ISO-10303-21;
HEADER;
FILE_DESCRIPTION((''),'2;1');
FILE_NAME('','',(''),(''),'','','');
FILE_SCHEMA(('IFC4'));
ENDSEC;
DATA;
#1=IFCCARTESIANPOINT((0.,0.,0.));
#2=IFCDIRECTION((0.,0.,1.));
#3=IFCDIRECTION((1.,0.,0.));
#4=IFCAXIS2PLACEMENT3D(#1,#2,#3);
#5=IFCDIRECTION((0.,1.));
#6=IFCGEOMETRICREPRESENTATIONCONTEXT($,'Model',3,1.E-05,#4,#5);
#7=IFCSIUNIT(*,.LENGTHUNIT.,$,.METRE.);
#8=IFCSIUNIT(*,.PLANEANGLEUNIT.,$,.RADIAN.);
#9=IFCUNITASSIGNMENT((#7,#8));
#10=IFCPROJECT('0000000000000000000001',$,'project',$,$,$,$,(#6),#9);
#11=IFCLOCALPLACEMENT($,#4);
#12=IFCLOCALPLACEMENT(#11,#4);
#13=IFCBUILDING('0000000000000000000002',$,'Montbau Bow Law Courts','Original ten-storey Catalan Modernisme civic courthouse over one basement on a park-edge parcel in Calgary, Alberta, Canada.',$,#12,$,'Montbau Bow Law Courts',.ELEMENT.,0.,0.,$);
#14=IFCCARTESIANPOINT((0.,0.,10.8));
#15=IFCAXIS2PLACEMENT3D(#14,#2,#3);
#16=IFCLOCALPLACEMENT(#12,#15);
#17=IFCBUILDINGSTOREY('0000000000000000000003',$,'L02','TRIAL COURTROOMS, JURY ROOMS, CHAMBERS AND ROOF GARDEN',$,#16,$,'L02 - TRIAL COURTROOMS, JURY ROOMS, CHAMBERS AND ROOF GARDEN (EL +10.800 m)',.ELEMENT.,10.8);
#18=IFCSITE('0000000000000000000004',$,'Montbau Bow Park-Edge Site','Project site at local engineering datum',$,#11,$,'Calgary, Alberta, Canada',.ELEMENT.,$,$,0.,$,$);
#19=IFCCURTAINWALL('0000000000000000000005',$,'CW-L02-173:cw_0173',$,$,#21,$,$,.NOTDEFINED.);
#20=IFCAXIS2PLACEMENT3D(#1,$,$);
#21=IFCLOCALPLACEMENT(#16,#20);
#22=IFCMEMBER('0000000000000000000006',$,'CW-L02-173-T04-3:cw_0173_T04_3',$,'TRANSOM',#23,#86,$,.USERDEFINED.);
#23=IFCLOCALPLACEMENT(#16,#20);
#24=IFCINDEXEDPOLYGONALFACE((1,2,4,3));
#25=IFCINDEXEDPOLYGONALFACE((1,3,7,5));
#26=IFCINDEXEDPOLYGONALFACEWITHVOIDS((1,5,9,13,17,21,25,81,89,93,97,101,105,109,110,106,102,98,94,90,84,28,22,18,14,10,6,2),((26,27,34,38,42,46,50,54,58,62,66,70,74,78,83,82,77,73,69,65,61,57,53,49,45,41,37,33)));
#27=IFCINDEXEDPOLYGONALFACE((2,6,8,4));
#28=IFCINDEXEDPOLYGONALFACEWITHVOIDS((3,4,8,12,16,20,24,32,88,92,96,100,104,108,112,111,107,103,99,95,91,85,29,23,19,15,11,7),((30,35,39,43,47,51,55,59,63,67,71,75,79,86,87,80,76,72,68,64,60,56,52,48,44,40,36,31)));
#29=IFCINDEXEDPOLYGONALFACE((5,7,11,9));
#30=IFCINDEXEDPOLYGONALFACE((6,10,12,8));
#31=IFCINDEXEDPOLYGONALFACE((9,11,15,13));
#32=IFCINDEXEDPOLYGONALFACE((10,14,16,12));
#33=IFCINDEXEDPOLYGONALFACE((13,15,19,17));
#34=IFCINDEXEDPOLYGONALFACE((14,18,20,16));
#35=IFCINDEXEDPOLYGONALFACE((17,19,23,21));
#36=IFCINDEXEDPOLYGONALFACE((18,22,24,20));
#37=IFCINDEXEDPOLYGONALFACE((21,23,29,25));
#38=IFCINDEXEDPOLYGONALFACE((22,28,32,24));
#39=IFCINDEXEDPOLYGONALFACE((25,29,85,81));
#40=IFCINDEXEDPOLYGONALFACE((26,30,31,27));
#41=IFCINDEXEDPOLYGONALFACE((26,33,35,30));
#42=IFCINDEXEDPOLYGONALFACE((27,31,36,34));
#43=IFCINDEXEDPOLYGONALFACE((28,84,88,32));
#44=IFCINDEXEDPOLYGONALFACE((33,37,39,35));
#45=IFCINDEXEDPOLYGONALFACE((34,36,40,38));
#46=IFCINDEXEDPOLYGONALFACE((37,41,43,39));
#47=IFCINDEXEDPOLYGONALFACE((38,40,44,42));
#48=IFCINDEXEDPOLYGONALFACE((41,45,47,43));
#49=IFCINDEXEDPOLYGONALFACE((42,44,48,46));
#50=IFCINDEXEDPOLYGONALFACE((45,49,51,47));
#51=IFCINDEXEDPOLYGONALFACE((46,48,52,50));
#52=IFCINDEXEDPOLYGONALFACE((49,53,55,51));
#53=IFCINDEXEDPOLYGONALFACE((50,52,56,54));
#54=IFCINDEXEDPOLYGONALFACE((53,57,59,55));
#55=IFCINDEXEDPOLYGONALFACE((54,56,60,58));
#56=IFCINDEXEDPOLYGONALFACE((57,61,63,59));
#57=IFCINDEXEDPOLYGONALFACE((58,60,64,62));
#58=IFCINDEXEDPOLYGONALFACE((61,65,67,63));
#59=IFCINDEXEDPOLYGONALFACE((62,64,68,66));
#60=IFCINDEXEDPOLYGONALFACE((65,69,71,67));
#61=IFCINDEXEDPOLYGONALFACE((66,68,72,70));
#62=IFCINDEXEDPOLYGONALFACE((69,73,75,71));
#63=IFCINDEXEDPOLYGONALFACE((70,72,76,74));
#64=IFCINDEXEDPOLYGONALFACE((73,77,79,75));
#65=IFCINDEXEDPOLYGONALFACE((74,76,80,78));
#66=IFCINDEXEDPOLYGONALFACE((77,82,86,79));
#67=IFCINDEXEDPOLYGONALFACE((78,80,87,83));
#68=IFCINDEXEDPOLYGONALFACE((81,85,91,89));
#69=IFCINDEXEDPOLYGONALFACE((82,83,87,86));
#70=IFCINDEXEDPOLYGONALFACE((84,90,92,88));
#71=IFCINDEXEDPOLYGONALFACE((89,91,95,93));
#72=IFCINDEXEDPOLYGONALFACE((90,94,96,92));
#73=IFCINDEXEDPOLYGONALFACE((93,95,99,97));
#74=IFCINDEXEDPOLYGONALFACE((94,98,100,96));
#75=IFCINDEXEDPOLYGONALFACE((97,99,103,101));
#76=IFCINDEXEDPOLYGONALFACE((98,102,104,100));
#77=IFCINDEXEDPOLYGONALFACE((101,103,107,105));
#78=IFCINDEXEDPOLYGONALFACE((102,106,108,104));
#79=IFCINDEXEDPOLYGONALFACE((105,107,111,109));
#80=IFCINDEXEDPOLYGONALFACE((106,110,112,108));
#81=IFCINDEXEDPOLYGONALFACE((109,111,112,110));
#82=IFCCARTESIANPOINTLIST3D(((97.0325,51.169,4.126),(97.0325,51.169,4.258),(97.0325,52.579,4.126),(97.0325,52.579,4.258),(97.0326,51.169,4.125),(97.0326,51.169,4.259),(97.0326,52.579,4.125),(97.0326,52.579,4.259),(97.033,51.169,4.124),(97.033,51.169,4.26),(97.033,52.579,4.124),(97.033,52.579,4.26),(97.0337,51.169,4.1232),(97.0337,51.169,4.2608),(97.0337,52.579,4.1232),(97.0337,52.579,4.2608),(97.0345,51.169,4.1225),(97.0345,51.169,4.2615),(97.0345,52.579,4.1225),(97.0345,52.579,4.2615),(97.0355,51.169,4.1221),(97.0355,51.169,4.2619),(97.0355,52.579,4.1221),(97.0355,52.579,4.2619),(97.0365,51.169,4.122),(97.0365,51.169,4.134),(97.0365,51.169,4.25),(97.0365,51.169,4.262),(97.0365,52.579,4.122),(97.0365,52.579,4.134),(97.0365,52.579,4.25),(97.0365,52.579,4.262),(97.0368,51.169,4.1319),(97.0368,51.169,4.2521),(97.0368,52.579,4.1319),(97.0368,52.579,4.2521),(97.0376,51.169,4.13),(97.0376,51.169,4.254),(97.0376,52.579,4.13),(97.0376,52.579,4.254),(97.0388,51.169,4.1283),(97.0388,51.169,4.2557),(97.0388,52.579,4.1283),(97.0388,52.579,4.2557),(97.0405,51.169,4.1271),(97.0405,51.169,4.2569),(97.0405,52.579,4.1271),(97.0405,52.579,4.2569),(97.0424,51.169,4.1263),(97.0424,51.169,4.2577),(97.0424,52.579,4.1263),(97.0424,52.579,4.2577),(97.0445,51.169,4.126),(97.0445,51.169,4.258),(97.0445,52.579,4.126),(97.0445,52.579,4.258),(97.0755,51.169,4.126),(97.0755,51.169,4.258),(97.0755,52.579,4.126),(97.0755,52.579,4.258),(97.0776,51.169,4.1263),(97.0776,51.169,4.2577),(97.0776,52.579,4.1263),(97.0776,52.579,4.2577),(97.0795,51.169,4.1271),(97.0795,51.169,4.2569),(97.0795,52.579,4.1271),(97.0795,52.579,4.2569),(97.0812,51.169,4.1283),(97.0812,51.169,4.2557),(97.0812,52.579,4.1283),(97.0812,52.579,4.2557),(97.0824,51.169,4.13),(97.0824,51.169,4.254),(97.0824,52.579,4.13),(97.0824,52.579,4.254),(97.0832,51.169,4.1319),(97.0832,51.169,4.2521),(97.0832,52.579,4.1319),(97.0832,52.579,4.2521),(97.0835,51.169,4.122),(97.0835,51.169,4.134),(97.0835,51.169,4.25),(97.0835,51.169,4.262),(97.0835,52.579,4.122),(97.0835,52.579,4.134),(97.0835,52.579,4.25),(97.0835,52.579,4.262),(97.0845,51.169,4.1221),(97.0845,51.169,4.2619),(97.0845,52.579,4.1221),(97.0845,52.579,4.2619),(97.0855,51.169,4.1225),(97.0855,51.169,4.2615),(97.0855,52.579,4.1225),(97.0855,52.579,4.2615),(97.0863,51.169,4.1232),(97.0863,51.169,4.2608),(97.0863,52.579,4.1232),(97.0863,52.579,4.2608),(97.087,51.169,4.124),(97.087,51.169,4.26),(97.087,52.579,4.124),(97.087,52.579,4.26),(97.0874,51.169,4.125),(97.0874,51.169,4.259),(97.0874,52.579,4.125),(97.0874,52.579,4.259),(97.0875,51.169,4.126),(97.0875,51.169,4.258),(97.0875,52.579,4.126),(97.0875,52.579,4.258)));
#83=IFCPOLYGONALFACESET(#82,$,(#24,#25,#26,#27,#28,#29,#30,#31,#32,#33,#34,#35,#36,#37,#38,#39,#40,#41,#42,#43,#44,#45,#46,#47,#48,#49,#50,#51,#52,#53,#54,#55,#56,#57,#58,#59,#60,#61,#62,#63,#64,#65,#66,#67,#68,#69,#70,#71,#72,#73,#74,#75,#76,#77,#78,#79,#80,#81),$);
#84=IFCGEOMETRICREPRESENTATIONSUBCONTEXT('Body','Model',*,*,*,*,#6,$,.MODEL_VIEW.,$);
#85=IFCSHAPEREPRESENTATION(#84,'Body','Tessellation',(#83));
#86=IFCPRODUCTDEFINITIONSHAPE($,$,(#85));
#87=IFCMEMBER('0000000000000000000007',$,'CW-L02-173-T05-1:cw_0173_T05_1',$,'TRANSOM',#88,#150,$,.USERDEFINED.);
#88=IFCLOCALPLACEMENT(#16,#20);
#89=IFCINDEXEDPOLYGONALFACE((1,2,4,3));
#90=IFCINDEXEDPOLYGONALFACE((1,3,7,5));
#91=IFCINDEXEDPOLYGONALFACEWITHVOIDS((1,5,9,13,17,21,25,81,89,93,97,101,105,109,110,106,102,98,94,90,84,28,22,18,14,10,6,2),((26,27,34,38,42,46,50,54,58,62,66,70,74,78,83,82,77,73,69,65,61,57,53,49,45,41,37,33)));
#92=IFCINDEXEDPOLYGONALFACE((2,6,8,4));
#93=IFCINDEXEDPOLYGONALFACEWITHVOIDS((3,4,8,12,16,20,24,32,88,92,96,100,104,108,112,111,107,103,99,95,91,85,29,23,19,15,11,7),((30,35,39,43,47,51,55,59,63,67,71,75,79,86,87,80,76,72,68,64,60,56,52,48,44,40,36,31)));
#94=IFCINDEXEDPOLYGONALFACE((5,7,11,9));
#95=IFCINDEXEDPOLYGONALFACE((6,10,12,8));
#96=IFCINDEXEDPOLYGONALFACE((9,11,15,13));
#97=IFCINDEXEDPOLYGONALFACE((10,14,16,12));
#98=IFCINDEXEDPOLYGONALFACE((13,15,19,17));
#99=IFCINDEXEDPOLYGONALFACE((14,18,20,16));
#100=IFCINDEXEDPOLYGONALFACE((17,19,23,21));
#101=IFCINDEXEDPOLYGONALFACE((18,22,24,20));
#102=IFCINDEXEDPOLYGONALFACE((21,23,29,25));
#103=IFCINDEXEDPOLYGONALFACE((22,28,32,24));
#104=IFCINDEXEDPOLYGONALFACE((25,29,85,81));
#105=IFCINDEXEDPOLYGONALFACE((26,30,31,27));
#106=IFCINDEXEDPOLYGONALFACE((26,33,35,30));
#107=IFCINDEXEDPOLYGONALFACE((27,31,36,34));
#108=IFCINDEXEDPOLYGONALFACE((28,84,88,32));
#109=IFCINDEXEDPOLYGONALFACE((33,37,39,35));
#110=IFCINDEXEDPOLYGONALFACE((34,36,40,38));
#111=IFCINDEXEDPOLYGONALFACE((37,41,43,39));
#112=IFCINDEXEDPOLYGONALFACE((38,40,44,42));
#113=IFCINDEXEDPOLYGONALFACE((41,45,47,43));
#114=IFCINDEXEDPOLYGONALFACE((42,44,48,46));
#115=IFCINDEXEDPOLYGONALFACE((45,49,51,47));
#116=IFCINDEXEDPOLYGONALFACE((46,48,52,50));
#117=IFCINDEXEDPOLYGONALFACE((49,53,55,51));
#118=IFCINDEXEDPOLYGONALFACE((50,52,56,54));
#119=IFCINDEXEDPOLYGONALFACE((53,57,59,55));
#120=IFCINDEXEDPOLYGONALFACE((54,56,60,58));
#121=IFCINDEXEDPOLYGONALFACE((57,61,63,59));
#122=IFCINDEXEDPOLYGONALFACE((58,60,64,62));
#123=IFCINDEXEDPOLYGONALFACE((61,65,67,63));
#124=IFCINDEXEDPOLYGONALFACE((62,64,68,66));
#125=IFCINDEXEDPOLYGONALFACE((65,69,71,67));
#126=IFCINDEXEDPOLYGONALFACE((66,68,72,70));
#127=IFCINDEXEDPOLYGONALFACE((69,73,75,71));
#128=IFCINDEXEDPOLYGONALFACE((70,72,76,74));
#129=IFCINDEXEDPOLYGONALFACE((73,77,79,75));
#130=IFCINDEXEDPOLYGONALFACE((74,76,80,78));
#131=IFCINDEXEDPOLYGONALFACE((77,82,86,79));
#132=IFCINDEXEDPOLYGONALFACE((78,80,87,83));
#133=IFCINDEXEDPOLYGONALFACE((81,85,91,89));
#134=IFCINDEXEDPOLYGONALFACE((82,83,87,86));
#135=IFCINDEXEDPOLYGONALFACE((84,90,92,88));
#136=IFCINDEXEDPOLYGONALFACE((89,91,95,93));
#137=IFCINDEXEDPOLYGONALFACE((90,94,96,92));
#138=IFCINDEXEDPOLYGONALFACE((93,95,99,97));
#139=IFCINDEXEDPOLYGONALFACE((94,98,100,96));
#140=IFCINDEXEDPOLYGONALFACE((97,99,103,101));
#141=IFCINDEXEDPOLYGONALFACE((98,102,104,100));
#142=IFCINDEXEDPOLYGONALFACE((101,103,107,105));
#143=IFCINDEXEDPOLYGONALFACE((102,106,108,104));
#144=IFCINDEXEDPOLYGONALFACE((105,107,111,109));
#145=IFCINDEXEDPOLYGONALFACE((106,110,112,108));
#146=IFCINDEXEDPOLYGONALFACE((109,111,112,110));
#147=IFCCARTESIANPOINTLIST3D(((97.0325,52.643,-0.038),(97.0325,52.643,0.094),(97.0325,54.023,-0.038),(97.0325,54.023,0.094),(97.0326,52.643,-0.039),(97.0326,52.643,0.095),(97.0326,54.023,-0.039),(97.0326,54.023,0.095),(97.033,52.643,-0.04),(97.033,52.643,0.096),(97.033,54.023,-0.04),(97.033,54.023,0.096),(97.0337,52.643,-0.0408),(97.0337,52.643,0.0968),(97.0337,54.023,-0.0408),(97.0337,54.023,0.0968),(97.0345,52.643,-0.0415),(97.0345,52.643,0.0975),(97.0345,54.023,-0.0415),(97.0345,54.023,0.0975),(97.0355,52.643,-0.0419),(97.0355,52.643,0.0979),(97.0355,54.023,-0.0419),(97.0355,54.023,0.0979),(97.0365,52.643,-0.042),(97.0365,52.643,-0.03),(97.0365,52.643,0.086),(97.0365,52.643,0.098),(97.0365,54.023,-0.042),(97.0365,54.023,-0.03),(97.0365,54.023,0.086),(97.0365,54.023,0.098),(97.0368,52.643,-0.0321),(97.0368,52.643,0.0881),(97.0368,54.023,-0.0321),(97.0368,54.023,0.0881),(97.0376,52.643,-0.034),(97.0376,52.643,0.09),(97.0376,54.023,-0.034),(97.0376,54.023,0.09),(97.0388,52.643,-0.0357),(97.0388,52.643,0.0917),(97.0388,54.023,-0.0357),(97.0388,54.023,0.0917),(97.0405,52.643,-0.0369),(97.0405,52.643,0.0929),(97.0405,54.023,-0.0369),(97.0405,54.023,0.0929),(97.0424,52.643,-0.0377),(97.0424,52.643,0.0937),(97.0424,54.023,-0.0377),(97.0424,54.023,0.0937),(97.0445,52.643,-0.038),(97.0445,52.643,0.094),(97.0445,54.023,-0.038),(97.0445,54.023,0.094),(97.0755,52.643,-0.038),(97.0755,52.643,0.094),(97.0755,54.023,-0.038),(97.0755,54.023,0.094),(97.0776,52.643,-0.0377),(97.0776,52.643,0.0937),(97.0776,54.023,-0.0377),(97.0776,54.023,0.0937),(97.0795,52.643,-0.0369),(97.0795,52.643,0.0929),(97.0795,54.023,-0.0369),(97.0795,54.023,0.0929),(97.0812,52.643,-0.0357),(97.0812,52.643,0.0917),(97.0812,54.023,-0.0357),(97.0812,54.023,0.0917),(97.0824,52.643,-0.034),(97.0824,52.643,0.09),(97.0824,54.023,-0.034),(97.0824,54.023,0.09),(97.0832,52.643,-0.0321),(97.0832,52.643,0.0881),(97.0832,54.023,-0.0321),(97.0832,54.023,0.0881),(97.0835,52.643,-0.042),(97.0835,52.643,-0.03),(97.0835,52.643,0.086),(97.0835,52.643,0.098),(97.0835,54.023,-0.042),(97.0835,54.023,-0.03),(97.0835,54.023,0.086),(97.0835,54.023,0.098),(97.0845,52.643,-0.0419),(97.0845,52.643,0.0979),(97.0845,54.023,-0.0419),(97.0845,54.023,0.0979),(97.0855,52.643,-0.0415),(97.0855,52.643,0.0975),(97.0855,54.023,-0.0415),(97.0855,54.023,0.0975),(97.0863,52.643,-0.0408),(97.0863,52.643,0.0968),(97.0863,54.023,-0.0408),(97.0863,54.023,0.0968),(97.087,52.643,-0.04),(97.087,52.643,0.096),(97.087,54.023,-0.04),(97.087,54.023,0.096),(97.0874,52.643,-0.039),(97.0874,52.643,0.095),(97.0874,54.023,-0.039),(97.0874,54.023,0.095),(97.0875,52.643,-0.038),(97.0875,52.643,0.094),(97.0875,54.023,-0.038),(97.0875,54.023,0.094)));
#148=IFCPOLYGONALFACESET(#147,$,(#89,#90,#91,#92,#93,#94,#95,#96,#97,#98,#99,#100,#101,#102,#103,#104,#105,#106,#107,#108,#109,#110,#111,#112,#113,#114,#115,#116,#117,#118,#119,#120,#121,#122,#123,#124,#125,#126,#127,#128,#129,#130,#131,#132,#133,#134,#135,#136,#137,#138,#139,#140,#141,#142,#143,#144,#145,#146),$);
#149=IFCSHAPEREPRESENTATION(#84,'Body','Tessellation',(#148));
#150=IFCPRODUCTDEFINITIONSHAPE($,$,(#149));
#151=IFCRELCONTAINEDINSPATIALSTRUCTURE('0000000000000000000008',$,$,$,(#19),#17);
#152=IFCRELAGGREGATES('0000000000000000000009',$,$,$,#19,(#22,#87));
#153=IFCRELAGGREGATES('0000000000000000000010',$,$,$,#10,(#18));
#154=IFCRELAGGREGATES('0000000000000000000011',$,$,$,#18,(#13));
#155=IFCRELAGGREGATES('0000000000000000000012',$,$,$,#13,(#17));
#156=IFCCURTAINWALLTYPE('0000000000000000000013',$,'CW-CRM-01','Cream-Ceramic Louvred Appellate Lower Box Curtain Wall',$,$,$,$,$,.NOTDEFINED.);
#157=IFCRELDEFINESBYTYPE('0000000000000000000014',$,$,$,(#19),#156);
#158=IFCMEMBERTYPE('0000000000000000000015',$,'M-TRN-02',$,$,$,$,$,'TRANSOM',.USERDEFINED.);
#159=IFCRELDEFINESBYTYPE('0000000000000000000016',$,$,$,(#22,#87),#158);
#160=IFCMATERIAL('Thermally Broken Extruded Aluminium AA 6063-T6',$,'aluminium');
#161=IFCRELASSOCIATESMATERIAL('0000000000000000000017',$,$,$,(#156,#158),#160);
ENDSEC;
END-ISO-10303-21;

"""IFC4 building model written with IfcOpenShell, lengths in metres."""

from ifc_helpers import new_model, si_unit, direction, frame, origin_with_axes, origin_2d_with_axis, place, context, subcontext, project, spatial, hollow_rectangle, extrude, material, material_profile, profile_set, type_object, element, aggregate, save


model = new_model("IFC4")

# Units and contexts
model_context = context("Model", 3, precision=1e-05, world=origin_with_axes(), true_north=direction((0.0, 1.0)))
body_context = subcontext(model_context, "Body", "Model", "MODEL_VIEW")
ifc_project = project(units=[si_unit("LENGTHUNIT", "METRE"), si_unit("PLANEANGLEUNIT", "RADIAN")], contexts=[model_context])

# Site, building, storey
site_placement = place(None, origin_with_axes())
site = spatial("IfcSite", under=ifc_project, at=site_placement, Name="Montbau Bow Park-Edge Site", Description="Project site at local engineering datum", LongName="Calgary, Alberta, Canada", CompositionType="ELEMENT", RefElevation=0.0)
building_placement = place(site_placement, origin_with_axes())
building = spatial("IfcBuilding", under=site, at=building_placement, Name="Montbau Bow Law Courts", Description="Original ten-storey Catalan Modernisme civic courthouse over one basement on a park-edge parcel in Calgary, Alberta, Canada.", LongName="Montbau Bow Law Courts", CompositionType="ELEMENT", ElevationOfRefHeight=0.0, ElevationOfTerrain=0.0)
storey_placement = place(building_placement, frame((0.0, 0.0, 10.8), z_axis=(0.0, 0.0, 1.0), x_axis=(1.0, 0.0, 0.0)))
storey = spatial("IfcBuildingStorey", under=building, at=storey_placement, Name="L02", Description="TRIAL COURTROOMS, JURY ROOMS, CHAMBERS AND ROOF GARDEN", LongName="L02 - TRIAL COURTROOMS, JURY ROOMS, CHAMBERS AND ROOF GARDEN (EL +10.800 m)", CompositionType="ELEMENT", Elevation=10.8)

# Shared definitions
ifc_material_1 = material(Name="Thermally Broken Extruded Aluminium AA 6063-T6", Category="aluminium")
curtain_wall_type = type_object("IfcCurtainWallType", Name="CW-CRM-01", Description="Cream-Ceramic Louvred Appellate Lower Box Curtain Wall", PredefinedType="NOTDEFINED", material=ifc_material_1)

# Curtain wall
curtain_wall_1_placement = place(None, frame((97.06, 46.715, 10.8), z_axis=(0.0, 0.0, 1.0), x_axis=(1.0, 0.0, 0.0)))
curtain_wall_1 = element("IfcCurtainWall", 1, at=curtain_wall_1_placement, inside=storey, type_object=curtain_wall_type, Name="CW-L02-173:cw_0173", PredefinedType="NOTDEFINED")

# Members
ifc_material_profile_1 = material_profile(ifc_material_1, hollow_rectangle(XDim=0.055, YDim=0.14, WallThickness=0.004, InnerFilletRadius=0.008, OuterFilletRadius=0.004, at=origin_2d_with_axis()), Name="CWT-140X55", Category="Main", Priority=0)
ifc_profile_set_1 = profile_set([ifc_material_profile_1], Name="Thermally Broken Extruded Aluminium AA 6063-T6")
member_type_1 = type_object("IfcMemberType", Name="M-TRN-02", ElementType="TRANSOM", PredefinedType="USERDEFINED", material=ifc_profile_set_1)
member_1_placement = place(None, frame((97.06, 51.169, 14.992), z_axis=(0.0, 1.0, 0.0), x_axis=(-1.0, 0.0, 0.0)))
member_1 = element("IfcMember", 2, at=member_1_placement, type_object=member_type_1, Name="CW-L02-173-T04-3:cw_0173_T04_3", ObjectType="TRANSOM", PredefinedType="USERDEFINED", context=body_context, shape_type="SweptSolid", body=[
    extrude(hollow_rectangle(XDim=0.055, YDim=0.14, WallThickness=0.004, InnerFilletRadius=0.008, OuterFilletRadius=0.004, at=origin_2d_with_axis()), origin_with_axes(), (0.0, 0.0, 1.0), 1.41),
])
member_2_placement = place(None, frame((97.06, 52.643, 10.828), z_axis=(0.0, 1.0, 0.0), x_axis=(-1.0, 0.0, 0.0)))
member_2 = element("IfcMember", 3, at=member_2_placement, type_object=member_type_1, Name="CW-L02-173-T05-1:cw_0173_T05_1", ObjectType="TRANSOM", PredefinedType="USERDEFINED", context=body_context, shape_type="SweptSolid", body=[
    extrude(hollow_rectangle(XDim=0.055, YDim=0.14, WallThickness=0.004, InnerFilletRadius=0.008, OuterFilletRadius=0.004, at=origin_2d_with_axis()), origin_with_axes(), (0.0, 0.0, 1.0), 1.38),
])

aggregate(curtain_wall_1, [member_1, member_2])

save(model, "model.ifc")
